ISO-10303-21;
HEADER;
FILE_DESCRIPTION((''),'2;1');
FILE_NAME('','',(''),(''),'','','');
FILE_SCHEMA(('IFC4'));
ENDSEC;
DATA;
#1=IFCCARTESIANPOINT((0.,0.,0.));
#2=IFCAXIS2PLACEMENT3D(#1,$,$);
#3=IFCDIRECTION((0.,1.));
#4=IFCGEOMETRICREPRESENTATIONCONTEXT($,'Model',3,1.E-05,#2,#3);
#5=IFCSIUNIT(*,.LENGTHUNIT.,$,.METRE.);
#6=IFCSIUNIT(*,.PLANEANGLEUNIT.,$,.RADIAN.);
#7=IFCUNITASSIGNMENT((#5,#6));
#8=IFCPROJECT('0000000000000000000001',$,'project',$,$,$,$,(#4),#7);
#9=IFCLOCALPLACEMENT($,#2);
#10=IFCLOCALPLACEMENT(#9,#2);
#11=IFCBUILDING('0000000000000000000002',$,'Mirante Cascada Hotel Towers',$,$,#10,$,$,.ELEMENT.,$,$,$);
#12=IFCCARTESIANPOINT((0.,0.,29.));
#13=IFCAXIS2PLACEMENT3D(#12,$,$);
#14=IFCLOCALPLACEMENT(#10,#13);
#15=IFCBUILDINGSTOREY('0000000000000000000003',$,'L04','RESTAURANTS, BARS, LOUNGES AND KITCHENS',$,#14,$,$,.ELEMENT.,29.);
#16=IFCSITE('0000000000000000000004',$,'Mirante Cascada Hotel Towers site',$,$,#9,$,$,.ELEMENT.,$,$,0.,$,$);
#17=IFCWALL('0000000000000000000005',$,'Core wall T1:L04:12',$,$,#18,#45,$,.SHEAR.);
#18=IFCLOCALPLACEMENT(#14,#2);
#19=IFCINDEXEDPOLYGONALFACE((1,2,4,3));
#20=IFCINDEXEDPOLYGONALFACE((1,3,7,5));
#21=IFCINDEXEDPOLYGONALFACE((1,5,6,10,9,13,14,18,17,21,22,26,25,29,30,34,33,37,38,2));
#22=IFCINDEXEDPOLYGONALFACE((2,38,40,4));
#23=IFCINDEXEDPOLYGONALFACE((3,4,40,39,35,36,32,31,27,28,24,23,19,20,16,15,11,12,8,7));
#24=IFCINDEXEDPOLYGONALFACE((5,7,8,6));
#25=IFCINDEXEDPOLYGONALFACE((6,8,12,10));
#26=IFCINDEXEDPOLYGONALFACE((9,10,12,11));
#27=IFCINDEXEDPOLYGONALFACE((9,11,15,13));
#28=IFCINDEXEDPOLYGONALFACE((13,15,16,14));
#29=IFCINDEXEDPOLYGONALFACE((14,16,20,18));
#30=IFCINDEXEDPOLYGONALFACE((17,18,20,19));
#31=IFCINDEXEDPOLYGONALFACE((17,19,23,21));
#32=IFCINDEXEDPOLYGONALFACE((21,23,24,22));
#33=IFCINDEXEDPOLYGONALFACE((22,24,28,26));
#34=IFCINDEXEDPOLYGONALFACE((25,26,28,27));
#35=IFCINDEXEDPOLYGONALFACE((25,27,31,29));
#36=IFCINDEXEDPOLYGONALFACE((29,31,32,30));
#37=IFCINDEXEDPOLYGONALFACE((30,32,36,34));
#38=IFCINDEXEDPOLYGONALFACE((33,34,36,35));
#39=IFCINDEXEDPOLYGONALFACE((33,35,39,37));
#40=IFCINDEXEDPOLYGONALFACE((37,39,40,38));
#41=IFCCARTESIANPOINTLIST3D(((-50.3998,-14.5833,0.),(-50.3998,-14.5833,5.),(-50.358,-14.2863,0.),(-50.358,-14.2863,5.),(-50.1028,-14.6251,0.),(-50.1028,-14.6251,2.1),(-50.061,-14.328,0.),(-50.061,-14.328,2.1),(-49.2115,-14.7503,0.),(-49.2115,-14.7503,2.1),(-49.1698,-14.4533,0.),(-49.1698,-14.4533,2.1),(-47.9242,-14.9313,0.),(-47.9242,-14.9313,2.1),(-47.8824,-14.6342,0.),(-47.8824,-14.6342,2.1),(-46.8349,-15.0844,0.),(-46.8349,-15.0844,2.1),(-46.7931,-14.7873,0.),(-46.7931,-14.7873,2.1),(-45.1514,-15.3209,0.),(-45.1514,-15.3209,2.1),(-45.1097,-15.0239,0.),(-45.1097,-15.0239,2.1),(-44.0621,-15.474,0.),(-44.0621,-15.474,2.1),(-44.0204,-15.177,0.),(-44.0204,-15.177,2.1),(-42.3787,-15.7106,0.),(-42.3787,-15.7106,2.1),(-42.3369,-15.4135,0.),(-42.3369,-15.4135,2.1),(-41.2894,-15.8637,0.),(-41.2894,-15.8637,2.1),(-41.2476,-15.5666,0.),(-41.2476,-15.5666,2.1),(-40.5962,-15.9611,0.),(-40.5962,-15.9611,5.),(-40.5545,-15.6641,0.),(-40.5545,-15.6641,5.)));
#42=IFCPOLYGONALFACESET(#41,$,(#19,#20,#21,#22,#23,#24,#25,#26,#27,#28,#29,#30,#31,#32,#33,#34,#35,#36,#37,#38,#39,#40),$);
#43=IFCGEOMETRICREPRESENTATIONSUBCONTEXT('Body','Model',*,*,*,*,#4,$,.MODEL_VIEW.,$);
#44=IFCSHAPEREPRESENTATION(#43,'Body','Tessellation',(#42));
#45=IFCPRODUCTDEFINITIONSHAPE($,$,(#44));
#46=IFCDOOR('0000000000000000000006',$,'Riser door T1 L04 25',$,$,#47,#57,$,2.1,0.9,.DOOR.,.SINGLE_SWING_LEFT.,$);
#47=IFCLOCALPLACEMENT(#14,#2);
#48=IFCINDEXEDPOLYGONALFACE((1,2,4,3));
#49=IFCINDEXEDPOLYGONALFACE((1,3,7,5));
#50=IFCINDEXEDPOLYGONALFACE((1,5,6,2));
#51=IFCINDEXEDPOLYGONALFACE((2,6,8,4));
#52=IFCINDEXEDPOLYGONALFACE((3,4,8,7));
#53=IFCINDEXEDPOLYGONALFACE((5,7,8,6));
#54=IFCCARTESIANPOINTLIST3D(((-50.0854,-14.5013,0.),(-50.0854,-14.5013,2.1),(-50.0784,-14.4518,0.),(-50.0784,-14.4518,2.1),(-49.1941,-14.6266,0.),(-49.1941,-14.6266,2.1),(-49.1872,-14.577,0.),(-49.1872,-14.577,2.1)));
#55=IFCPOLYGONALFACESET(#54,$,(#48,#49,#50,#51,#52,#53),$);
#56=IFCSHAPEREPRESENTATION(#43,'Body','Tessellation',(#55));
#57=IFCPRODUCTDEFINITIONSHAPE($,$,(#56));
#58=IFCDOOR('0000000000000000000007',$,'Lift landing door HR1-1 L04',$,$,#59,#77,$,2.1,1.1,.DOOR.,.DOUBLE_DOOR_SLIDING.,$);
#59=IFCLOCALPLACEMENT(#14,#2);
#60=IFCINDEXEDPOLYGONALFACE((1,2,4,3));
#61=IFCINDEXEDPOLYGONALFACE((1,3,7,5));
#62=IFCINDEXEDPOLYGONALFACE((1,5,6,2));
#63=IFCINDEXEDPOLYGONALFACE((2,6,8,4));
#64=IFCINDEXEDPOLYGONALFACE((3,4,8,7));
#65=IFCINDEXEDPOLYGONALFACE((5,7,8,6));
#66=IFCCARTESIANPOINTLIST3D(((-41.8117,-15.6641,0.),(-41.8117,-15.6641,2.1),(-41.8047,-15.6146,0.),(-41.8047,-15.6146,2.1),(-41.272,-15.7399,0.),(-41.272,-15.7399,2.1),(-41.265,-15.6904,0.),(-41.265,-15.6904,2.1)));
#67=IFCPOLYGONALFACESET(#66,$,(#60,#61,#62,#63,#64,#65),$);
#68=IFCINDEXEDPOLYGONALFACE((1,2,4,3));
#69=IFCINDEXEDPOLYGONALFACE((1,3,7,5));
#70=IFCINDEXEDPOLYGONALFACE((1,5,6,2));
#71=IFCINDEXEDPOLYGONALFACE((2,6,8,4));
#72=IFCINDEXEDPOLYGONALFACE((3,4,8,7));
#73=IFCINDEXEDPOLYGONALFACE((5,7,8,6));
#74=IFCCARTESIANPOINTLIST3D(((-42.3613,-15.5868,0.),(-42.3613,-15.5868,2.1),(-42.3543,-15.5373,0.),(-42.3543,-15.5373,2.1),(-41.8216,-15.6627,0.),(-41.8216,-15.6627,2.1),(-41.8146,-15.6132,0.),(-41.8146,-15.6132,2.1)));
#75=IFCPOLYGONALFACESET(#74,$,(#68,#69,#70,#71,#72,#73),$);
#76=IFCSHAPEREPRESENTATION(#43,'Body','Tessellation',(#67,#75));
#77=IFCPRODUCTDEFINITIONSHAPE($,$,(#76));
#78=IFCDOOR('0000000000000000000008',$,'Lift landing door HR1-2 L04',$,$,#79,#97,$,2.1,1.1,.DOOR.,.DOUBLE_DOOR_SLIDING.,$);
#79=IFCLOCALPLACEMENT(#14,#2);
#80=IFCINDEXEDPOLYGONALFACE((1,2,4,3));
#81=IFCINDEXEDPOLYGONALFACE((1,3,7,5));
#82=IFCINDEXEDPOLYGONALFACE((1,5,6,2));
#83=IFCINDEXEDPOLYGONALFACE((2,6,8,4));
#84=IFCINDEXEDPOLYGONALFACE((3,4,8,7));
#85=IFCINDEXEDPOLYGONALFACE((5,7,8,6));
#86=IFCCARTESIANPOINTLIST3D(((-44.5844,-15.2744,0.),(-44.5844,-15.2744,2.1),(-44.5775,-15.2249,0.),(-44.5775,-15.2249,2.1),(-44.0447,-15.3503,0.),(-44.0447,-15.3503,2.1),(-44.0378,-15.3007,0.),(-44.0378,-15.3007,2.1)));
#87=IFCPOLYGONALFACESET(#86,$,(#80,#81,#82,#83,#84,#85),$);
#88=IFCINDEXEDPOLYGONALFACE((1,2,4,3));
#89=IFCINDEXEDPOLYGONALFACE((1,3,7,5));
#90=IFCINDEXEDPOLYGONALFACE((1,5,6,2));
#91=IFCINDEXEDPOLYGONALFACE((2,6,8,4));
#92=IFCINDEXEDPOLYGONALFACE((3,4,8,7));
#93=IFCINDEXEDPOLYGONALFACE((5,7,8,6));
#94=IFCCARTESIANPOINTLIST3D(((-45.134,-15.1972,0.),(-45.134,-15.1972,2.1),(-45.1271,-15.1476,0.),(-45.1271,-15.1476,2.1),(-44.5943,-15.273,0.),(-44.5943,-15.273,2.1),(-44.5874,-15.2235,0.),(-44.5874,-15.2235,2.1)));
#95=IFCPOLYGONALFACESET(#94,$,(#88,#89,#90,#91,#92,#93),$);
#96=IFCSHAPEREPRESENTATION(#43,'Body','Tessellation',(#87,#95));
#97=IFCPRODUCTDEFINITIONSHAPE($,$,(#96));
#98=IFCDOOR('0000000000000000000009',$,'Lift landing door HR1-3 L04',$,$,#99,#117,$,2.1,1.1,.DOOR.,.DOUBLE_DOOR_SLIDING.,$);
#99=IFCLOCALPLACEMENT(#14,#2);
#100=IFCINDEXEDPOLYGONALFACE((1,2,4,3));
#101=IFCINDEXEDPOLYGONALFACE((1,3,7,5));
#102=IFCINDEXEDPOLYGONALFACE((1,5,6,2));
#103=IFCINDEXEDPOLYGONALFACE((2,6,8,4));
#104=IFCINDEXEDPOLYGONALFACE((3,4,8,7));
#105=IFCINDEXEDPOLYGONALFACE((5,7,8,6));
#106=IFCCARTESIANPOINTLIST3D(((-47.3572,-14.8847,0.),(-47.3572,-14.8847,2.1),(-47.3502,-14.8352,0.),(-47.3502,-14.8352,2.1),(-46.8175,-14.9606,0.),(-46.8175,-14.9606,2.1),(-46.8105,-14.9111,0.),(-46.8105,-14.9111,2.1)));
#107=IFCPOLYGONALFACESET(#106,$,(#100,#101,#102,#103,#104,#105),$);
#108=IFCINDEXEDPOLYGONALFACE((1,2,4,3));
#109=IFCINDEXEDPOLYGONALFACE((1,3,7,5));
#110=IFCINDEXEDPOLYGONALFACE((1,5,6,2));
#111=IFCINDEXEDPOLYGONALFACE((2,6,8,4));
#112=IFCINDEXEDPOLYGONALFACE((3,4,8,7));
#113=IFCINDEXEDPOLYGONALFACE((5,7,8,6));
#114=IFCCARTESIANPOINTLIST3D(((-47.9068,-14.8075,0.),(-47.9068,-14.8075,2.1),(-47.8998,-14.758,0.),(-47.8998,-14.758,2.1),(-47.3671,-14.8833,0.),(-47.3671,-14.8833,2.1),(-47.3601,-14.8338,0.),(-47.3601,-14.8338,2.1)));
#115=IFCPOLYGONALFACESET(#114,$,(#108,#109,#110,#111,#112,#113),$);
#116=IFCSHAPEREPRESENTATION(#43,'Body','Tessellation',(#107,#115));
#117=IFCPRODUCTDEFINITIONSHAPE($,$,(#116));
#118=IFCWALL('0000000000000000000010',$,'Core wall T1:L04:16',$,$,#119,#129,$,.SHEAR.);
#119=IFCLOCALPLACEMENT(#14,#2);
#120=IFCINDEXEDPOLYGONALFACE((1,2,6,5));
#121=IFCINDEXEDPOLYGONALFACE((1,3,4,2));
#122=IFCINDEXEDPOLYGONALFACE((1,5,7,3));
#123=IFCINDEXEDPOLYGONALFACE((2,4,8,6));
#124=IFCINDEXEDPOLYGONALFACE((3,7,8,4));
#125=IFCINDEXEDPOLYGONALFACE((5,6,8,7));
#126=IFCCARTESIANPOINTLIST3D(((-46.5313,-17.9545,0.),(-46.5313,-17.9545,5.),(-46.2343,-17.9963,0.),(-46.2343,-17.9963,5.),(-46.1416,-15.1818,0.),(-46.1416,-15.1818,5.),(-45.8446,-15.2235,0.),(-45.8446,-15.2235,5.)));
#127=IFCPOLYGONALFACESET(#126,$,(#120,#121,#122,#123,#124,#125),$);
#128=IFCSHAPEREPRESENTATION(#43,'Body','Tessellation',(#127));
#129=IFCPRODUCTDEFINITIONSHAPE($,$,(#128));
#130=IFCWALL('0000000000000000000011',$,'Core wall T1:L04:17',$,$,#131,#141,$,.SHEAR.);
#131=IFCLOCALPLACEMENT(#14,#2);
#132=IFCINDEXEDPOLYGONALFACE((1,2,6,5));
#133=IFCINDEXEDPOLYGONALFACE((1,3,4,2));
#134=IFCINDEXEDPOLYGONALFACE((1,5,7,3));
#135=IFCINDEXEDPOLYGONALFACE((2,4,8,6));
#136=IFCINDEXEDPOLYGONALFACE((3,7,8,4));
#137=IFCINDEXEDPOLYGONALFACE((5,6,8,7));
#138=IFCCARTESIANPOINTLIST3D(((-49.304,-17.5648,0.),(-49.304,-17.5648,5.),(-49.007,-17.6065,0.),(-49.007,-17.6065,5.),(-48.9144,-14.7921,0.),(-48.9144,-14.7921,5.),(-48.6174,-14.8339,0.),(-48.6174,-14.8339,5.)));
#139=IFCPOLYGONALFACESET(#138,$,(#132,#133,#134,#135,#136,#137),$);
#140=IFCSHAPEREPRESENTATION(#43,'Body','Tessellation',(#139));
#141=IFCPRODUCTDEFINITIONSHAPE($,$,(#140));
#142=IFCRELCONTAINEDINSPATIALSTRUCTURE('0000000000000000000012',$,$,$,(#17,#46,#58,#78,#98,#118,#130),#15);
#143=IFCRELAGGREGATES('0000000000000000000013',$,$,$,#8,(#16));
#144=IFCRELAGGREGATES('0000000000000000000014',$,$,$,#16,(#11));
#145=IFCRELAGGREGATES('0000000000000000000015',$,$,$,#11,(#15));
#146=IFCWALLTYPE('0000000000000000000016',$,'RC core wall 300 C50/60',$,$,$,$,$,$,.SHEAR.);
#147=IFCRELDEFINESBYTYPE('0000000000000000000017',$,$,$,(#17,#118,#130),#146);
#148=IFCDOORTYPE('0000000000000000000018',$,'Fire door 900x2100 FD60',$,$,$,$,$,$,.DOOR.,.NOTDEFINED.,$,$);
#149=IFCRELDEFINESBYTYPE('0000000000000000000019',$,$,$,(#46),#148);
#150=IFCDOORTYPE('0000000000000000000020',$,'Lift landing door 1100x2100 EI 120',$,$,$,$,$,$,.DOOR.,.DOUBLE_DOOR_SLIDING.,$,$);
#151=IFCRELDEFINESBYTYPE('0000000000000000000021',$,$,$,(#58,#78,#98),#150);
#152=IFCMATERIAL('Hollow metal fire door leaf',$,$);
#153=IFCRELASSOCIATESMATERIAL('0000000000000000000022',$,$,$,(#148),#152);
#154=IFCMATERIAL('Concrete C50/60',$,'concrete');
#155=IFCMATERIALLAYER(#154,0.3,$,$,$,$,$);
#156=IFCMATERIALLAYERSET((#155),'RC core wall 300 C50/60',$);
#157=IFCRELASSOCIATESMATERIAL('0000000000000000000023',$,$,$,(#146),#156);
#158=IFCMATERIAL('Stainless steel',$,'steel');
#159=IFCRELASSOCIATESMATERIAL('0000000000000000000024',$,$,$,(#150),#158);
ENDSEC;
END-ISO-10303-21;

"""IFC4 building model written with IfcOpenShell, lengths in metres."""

from ifc_helpers import new_model, si_unit, direction, frame, frame_2d, origin, place, context, subcontext, project, spatial, rectangle, extrude, material, layer, layer_set, type_object, element, fill, save


model = new_model("IFC4")

# Units and contexts
model_context = context("Model", 3, precision=1e-05, world=origin(), true_north=direction((0.0, 1.0)))
body_context = subcontext(model_context, "Body", "Model", "MODEL_VIEW")
ifc_project = project(units=[si_unit("LENGTHUNIT", "METRE"), si_unit("PLANEANGLEUNIT", "RADIAN")], contexts=[model_context])

# Site, building, storey
site_placement = place(None, origin())
site = spatial("IfcSite", under=ifc_project, at=site_placement, Name="Mirante Cascada Hotel Towers site", CompositionType="ELEMENT", RefElevation=0.0)
building_placement = place(site_placement, origin())
building = spatial("IfcBuilding", under=site, at=building_placement, Name="Mirante Cascada Hotel Towers", CompositionType="ELEMENT")
storey_placement = place(building_placement, frame((0.0, 0.0, 29.0)))
storey = spatial("IfcBuildingStorey", under=building, at=storey_placement, Name="L04", Description="RESTAURANTS, BARS, LOUNGES AND KITCHENS", CompositionType="ELEMENT", Elevation=29.0)

# Shared definitions
ifc_material_1 = material(Name="Hollow metal fire door leaf")
door_type_1 = type_object("IfcDoorType", Name="Fire door 900x2100 FD60", OperationType="NOTDEFINED", PredefinedType="DOOR", material=ifc_material_1)

# Wall, openings, doors
ifc_material_2 = material(Name="Concrete C50/60", Category="concrete")
ifc_layer_1 = layer(ifc_material_2, 0.3)
ifc_layer_set_1 = layer_set([ifc_layer_1], Name="RC core wall 300 C50/60")
wall_type_1 = type_object("IfcWallType", Name="RC core wall 300 C50/60", PredefinedType="SHEAR", material=ifc_layer_set_1)
wall_1_placement = place(storey_placement, frame((-40.5753, -15.8126, 0.0), z_axis=(0.0, 0.0, 1.0), x_axis=(-0.990268, 0.139173, 0.0)))
wall_1 = element("IfcWall", 1, at=wall_1_placement, inside=storey, type_object=wall_type_1, Name="Core wall T1:L04:12", PredefinedType="SHEAR", context=body_context, shape_type="SweptSolid", body=[
    extrude(rectangle(XDim=9.8999, YDim=0.3, at=frame_2d((4.95, 0.0))), origin(), (0.0, 0.0, 1.0), 5.0),
])
opening_1_placement = place(wall_1_placement, frame((0.7, 0.0, 0.0)))
opening_1 = element("IfcOpeningElement", 2, at=opening_1_placement, cuts=wall_1, PredefinedType="OPENING", context=body_context, shape_type="SweptSolid", body=[
    extrude(rectangle(XDim=1.1, YDim=2.1, at=frame_2d((0.55, 1.05))), frame((0.0, 0.15, 0.0), z_axis=(0.0, -1.0, 0.0), x_axis=(1.0, 0.0, 0.0)), (0.0, 0.0, 1.0), 0.3),
])
opening_2_placement = place(wall_1_placement, frame((3.5, 0.0, 0.0)))
opening_2 = element("IfcOpeningElement", 3, at=opening_2_placement, cuts=wall_1, PredefinedType="OPENING", context=body_context, shape_type="SweptSolid", body=[
    extrude(rectangle(XDim=1.1, YDim=2.1, at=frame_2d((0.55, 1.05))), frame((0.0, 0.15, 0.0), z_axis=(0.0, -1.0, 0.0), x_axis=(1.0, 0.0, 0.0)), (0.0, 0.0, 1.0), 0.3),
])
opening_3_placement = place(wall_1_placement, frame((6.3, 0.0, 0.0)))
opening_3 = element("IfcOpeningElement", 4, at=opening_3_placement, cuts=wall_1, PredefinedType="OPENING", context=body_context, shape_type="SweptSolid", body=[
    extrude(rectangle(XDim=1.1, YDim=2.1, at=frame_2d((0.55, 1.05))), frame((0.0, 0.15, 0.0), z_axis=(0.0, -1.0, 0.0), x_axis=(1.0, 0.0, 0.0)), (0.0, 0.0, 1.0), 0.3),
])
opening_4_placement = place(wall_1_placement, frame((8.7, 0.0, 0.0)))
opening_4 = element("IfcOpeningElement", 5, at=opening_4_placement, cuts=wall_1, PredefinedType="OPENING", context=body_context, shape_type="SweptSolid", body=[
    extrude(rectangle(XDim=0.9, YDim=2.1, at=frame_2d((0.45, 1.05))), frame((0.0, 0.15, 0.0), z_axis=(0.0, -1.0, 0.0), x_axis=(1.0, 0.0, 0.0)), (0.0, 0.0, 1.0), 0.3),
])
door_1_placement = place(opening_4_placement, origin())
door_1 = element("IfcDoor", 6, at=door_1_placement, inside=storey, type_object=door_type_1, Name="Riser door T1 L04 25", OperationType="SINGLE_SWING_LEFT", OverallHeight=2.1, OverallWidth=0.9, PredefinedType="DOOR", context=body_context, shape_type="SweptSolid", body=[
    extrude(rectangle(XDim=0.9, YDim=2.1, at=frame_2d((0.45, 1.05))), frame((0.0, 0.025, 0.0), z_axis=(0.0, -1.0, 0.0), x_axis=(1.0, 0.0, 0.0)), (0.0, 0.0, 1.0), 0.05),
])
fill(opening_4, door_1)
ifc_material_3 = material(Name="Stainless steel", Category="steel")
door_type_2 = type_object("IfcDoorType", Name="Lift landing door 1100x2100 EI 120", OperationType="DOUBLE_DOOR_SLIDING", PredefinedType="DOOR", material=ifc_material_3)
door_2_placement = place(opening_1_placement, origin())
door_2 = element("IfcDoor", 7, at=door_2_placement, inside=storey, type_object=door_type_2, Name="Lift landing door HR1-1 L04", OperationType="DOUBLE_DOOR_SLIDING", OverallHeight=2.1, OverallWidth=1.1, PredefinedType="DOOR", context=body_context, shape_type="SweptSolid", body=[
    extrude(rectangle(XDim=0.545, YDim=2.1, at=frame_2d((0.2725, 1.05))), frame((0.0, 0.025, 0.0), z_axis=(0.0, -1.0, 0.0), x_axis=(1.0, 0.0, 0.0)), (0.0, 0.0, 1.0), 0.05),
    extrude(rectangle(XDim=0.545, YDim=2.1, at=frame_2d((0.8275, 1.05))), frame((0.0, 0.025, 0.0), z_axis=(0.0, -1.0, 0.0), x_axis=(1.0, 0.0, 0.0)), (0.0, 0.0, 1.0), 0.05),
])
fill(opening_1, door_2)
door_3_placement = place(opening_2_placement, origin())
door_3 = element("IfcDoor", 8, at=door_3_placement, inside=storey, type_object=door_type_2, Name="Lift landing door HR1-2 L04", OperationType="DOUBLE_DOOR_SLIDING", OverallHeight=2.1, OverallWidth=1.1, PredefinedType="DOOR", context=body_context, shape_type="SweptSolid", body=[
    extrude(rectangle(XDim=0.545, YDim=2.1, at=frame_2d((0.2725, 1.05))), frame((0.0, 0.025, 0.0), z_axis=(0.0, -1.0, 0.0), x_axis=(1.0, 0.0, 0.0)), (0.0, 0.0, 1.0), 0.05),
    extrude(rectangle(XDim=0.545, YDim=2.1, at=frame_2d((0.8275, 1.05))), frame((0.0, 0.025, 0.0), z_axis=(0.0, -1.0, 0.0), x_axis=(1.0, 0.0, 0.0)), (0.0, 0.0, 1.0), 0.05),
])
fill(opening_2, door_3)
door_4_placement = place(opening_3_placement, origin())
door_4 = element("IfcDoor", 9, at=door_4_placement, inside=storey, type_object=door_type_2, Name="Lift landing door HR1-3 L04", OperationType="DOUBLE_DOOR_SLIDING", OverallHeight=2.1, OverallWidth=1.1, PredefinedType="DOOR", context=body_context, shape_type="SweptSolid", body=[
    extrude(rectangle(XDim=0.545, YDim=2.1, at=frame_2d((0.2725, 1.05))), frame((0.0, 0.025, 0.0), z_axis=(0.0, -1.0, 0.0), x_axis=(1.0, 0.0, 0.0)), (0.0, 0.0, 1.0), 0.05),
    extrude(rectangle(XDim=0.545, YDim=2.1, at=frame_2d((0.8275, 1.05))), frame((0.0, 0.025, 0.0), z_axis=(0.0, -1.0, 0.0), x_axis=(1.0, 0.0, 0.0)), (0.0, 0.0, 1.0), 0.05),
])
fill(opening_3, door_4)

# Walls
wall_2_placement = place(storey_placement, frame((-46.3828, -17.9754, 0.0), z_axis=(0.0, 0.0, 1.0), x_axis=(0.139181, 0.990267, 0.0)))
element("IfcWall", 10, at=wall_2_placement, inside=storey, type_object=wall_type_1, Name="Core wall T1:L04:16", PredefinedType="SHEAR", context=body_context, shape_type="SweptSolid", body=[
    extrude(rectangle(XDim=2.8, YDim=0.3, at=frame_2d((1.4, 0.0))), origin(), (0.0, 0.0, 1.0), 5.0),
])
wall_3_placement = place(storey_placement, frame((-49.1555, -17.5857, 0.0), z_axis=(0.0, 0.0, 1.0), x_axis=(0.139146, 0.990272, 0.0)))
element("IfcWall", 11, at=wall_3_placement, inside=storey, type_object=wall_type_1, Name="Core wall T1:L04:17", PredefinedType="SHEAR", context=body_context, shape_type="SweptSolid", body=[
    extrude(rectangle(XDim=2.7999, YDim=0.3, at=frame_2d((1.4, 0.0))), origin(), (0.0, 0.0, 1.0), 5.0),
])

save(model, "model.ifc")
